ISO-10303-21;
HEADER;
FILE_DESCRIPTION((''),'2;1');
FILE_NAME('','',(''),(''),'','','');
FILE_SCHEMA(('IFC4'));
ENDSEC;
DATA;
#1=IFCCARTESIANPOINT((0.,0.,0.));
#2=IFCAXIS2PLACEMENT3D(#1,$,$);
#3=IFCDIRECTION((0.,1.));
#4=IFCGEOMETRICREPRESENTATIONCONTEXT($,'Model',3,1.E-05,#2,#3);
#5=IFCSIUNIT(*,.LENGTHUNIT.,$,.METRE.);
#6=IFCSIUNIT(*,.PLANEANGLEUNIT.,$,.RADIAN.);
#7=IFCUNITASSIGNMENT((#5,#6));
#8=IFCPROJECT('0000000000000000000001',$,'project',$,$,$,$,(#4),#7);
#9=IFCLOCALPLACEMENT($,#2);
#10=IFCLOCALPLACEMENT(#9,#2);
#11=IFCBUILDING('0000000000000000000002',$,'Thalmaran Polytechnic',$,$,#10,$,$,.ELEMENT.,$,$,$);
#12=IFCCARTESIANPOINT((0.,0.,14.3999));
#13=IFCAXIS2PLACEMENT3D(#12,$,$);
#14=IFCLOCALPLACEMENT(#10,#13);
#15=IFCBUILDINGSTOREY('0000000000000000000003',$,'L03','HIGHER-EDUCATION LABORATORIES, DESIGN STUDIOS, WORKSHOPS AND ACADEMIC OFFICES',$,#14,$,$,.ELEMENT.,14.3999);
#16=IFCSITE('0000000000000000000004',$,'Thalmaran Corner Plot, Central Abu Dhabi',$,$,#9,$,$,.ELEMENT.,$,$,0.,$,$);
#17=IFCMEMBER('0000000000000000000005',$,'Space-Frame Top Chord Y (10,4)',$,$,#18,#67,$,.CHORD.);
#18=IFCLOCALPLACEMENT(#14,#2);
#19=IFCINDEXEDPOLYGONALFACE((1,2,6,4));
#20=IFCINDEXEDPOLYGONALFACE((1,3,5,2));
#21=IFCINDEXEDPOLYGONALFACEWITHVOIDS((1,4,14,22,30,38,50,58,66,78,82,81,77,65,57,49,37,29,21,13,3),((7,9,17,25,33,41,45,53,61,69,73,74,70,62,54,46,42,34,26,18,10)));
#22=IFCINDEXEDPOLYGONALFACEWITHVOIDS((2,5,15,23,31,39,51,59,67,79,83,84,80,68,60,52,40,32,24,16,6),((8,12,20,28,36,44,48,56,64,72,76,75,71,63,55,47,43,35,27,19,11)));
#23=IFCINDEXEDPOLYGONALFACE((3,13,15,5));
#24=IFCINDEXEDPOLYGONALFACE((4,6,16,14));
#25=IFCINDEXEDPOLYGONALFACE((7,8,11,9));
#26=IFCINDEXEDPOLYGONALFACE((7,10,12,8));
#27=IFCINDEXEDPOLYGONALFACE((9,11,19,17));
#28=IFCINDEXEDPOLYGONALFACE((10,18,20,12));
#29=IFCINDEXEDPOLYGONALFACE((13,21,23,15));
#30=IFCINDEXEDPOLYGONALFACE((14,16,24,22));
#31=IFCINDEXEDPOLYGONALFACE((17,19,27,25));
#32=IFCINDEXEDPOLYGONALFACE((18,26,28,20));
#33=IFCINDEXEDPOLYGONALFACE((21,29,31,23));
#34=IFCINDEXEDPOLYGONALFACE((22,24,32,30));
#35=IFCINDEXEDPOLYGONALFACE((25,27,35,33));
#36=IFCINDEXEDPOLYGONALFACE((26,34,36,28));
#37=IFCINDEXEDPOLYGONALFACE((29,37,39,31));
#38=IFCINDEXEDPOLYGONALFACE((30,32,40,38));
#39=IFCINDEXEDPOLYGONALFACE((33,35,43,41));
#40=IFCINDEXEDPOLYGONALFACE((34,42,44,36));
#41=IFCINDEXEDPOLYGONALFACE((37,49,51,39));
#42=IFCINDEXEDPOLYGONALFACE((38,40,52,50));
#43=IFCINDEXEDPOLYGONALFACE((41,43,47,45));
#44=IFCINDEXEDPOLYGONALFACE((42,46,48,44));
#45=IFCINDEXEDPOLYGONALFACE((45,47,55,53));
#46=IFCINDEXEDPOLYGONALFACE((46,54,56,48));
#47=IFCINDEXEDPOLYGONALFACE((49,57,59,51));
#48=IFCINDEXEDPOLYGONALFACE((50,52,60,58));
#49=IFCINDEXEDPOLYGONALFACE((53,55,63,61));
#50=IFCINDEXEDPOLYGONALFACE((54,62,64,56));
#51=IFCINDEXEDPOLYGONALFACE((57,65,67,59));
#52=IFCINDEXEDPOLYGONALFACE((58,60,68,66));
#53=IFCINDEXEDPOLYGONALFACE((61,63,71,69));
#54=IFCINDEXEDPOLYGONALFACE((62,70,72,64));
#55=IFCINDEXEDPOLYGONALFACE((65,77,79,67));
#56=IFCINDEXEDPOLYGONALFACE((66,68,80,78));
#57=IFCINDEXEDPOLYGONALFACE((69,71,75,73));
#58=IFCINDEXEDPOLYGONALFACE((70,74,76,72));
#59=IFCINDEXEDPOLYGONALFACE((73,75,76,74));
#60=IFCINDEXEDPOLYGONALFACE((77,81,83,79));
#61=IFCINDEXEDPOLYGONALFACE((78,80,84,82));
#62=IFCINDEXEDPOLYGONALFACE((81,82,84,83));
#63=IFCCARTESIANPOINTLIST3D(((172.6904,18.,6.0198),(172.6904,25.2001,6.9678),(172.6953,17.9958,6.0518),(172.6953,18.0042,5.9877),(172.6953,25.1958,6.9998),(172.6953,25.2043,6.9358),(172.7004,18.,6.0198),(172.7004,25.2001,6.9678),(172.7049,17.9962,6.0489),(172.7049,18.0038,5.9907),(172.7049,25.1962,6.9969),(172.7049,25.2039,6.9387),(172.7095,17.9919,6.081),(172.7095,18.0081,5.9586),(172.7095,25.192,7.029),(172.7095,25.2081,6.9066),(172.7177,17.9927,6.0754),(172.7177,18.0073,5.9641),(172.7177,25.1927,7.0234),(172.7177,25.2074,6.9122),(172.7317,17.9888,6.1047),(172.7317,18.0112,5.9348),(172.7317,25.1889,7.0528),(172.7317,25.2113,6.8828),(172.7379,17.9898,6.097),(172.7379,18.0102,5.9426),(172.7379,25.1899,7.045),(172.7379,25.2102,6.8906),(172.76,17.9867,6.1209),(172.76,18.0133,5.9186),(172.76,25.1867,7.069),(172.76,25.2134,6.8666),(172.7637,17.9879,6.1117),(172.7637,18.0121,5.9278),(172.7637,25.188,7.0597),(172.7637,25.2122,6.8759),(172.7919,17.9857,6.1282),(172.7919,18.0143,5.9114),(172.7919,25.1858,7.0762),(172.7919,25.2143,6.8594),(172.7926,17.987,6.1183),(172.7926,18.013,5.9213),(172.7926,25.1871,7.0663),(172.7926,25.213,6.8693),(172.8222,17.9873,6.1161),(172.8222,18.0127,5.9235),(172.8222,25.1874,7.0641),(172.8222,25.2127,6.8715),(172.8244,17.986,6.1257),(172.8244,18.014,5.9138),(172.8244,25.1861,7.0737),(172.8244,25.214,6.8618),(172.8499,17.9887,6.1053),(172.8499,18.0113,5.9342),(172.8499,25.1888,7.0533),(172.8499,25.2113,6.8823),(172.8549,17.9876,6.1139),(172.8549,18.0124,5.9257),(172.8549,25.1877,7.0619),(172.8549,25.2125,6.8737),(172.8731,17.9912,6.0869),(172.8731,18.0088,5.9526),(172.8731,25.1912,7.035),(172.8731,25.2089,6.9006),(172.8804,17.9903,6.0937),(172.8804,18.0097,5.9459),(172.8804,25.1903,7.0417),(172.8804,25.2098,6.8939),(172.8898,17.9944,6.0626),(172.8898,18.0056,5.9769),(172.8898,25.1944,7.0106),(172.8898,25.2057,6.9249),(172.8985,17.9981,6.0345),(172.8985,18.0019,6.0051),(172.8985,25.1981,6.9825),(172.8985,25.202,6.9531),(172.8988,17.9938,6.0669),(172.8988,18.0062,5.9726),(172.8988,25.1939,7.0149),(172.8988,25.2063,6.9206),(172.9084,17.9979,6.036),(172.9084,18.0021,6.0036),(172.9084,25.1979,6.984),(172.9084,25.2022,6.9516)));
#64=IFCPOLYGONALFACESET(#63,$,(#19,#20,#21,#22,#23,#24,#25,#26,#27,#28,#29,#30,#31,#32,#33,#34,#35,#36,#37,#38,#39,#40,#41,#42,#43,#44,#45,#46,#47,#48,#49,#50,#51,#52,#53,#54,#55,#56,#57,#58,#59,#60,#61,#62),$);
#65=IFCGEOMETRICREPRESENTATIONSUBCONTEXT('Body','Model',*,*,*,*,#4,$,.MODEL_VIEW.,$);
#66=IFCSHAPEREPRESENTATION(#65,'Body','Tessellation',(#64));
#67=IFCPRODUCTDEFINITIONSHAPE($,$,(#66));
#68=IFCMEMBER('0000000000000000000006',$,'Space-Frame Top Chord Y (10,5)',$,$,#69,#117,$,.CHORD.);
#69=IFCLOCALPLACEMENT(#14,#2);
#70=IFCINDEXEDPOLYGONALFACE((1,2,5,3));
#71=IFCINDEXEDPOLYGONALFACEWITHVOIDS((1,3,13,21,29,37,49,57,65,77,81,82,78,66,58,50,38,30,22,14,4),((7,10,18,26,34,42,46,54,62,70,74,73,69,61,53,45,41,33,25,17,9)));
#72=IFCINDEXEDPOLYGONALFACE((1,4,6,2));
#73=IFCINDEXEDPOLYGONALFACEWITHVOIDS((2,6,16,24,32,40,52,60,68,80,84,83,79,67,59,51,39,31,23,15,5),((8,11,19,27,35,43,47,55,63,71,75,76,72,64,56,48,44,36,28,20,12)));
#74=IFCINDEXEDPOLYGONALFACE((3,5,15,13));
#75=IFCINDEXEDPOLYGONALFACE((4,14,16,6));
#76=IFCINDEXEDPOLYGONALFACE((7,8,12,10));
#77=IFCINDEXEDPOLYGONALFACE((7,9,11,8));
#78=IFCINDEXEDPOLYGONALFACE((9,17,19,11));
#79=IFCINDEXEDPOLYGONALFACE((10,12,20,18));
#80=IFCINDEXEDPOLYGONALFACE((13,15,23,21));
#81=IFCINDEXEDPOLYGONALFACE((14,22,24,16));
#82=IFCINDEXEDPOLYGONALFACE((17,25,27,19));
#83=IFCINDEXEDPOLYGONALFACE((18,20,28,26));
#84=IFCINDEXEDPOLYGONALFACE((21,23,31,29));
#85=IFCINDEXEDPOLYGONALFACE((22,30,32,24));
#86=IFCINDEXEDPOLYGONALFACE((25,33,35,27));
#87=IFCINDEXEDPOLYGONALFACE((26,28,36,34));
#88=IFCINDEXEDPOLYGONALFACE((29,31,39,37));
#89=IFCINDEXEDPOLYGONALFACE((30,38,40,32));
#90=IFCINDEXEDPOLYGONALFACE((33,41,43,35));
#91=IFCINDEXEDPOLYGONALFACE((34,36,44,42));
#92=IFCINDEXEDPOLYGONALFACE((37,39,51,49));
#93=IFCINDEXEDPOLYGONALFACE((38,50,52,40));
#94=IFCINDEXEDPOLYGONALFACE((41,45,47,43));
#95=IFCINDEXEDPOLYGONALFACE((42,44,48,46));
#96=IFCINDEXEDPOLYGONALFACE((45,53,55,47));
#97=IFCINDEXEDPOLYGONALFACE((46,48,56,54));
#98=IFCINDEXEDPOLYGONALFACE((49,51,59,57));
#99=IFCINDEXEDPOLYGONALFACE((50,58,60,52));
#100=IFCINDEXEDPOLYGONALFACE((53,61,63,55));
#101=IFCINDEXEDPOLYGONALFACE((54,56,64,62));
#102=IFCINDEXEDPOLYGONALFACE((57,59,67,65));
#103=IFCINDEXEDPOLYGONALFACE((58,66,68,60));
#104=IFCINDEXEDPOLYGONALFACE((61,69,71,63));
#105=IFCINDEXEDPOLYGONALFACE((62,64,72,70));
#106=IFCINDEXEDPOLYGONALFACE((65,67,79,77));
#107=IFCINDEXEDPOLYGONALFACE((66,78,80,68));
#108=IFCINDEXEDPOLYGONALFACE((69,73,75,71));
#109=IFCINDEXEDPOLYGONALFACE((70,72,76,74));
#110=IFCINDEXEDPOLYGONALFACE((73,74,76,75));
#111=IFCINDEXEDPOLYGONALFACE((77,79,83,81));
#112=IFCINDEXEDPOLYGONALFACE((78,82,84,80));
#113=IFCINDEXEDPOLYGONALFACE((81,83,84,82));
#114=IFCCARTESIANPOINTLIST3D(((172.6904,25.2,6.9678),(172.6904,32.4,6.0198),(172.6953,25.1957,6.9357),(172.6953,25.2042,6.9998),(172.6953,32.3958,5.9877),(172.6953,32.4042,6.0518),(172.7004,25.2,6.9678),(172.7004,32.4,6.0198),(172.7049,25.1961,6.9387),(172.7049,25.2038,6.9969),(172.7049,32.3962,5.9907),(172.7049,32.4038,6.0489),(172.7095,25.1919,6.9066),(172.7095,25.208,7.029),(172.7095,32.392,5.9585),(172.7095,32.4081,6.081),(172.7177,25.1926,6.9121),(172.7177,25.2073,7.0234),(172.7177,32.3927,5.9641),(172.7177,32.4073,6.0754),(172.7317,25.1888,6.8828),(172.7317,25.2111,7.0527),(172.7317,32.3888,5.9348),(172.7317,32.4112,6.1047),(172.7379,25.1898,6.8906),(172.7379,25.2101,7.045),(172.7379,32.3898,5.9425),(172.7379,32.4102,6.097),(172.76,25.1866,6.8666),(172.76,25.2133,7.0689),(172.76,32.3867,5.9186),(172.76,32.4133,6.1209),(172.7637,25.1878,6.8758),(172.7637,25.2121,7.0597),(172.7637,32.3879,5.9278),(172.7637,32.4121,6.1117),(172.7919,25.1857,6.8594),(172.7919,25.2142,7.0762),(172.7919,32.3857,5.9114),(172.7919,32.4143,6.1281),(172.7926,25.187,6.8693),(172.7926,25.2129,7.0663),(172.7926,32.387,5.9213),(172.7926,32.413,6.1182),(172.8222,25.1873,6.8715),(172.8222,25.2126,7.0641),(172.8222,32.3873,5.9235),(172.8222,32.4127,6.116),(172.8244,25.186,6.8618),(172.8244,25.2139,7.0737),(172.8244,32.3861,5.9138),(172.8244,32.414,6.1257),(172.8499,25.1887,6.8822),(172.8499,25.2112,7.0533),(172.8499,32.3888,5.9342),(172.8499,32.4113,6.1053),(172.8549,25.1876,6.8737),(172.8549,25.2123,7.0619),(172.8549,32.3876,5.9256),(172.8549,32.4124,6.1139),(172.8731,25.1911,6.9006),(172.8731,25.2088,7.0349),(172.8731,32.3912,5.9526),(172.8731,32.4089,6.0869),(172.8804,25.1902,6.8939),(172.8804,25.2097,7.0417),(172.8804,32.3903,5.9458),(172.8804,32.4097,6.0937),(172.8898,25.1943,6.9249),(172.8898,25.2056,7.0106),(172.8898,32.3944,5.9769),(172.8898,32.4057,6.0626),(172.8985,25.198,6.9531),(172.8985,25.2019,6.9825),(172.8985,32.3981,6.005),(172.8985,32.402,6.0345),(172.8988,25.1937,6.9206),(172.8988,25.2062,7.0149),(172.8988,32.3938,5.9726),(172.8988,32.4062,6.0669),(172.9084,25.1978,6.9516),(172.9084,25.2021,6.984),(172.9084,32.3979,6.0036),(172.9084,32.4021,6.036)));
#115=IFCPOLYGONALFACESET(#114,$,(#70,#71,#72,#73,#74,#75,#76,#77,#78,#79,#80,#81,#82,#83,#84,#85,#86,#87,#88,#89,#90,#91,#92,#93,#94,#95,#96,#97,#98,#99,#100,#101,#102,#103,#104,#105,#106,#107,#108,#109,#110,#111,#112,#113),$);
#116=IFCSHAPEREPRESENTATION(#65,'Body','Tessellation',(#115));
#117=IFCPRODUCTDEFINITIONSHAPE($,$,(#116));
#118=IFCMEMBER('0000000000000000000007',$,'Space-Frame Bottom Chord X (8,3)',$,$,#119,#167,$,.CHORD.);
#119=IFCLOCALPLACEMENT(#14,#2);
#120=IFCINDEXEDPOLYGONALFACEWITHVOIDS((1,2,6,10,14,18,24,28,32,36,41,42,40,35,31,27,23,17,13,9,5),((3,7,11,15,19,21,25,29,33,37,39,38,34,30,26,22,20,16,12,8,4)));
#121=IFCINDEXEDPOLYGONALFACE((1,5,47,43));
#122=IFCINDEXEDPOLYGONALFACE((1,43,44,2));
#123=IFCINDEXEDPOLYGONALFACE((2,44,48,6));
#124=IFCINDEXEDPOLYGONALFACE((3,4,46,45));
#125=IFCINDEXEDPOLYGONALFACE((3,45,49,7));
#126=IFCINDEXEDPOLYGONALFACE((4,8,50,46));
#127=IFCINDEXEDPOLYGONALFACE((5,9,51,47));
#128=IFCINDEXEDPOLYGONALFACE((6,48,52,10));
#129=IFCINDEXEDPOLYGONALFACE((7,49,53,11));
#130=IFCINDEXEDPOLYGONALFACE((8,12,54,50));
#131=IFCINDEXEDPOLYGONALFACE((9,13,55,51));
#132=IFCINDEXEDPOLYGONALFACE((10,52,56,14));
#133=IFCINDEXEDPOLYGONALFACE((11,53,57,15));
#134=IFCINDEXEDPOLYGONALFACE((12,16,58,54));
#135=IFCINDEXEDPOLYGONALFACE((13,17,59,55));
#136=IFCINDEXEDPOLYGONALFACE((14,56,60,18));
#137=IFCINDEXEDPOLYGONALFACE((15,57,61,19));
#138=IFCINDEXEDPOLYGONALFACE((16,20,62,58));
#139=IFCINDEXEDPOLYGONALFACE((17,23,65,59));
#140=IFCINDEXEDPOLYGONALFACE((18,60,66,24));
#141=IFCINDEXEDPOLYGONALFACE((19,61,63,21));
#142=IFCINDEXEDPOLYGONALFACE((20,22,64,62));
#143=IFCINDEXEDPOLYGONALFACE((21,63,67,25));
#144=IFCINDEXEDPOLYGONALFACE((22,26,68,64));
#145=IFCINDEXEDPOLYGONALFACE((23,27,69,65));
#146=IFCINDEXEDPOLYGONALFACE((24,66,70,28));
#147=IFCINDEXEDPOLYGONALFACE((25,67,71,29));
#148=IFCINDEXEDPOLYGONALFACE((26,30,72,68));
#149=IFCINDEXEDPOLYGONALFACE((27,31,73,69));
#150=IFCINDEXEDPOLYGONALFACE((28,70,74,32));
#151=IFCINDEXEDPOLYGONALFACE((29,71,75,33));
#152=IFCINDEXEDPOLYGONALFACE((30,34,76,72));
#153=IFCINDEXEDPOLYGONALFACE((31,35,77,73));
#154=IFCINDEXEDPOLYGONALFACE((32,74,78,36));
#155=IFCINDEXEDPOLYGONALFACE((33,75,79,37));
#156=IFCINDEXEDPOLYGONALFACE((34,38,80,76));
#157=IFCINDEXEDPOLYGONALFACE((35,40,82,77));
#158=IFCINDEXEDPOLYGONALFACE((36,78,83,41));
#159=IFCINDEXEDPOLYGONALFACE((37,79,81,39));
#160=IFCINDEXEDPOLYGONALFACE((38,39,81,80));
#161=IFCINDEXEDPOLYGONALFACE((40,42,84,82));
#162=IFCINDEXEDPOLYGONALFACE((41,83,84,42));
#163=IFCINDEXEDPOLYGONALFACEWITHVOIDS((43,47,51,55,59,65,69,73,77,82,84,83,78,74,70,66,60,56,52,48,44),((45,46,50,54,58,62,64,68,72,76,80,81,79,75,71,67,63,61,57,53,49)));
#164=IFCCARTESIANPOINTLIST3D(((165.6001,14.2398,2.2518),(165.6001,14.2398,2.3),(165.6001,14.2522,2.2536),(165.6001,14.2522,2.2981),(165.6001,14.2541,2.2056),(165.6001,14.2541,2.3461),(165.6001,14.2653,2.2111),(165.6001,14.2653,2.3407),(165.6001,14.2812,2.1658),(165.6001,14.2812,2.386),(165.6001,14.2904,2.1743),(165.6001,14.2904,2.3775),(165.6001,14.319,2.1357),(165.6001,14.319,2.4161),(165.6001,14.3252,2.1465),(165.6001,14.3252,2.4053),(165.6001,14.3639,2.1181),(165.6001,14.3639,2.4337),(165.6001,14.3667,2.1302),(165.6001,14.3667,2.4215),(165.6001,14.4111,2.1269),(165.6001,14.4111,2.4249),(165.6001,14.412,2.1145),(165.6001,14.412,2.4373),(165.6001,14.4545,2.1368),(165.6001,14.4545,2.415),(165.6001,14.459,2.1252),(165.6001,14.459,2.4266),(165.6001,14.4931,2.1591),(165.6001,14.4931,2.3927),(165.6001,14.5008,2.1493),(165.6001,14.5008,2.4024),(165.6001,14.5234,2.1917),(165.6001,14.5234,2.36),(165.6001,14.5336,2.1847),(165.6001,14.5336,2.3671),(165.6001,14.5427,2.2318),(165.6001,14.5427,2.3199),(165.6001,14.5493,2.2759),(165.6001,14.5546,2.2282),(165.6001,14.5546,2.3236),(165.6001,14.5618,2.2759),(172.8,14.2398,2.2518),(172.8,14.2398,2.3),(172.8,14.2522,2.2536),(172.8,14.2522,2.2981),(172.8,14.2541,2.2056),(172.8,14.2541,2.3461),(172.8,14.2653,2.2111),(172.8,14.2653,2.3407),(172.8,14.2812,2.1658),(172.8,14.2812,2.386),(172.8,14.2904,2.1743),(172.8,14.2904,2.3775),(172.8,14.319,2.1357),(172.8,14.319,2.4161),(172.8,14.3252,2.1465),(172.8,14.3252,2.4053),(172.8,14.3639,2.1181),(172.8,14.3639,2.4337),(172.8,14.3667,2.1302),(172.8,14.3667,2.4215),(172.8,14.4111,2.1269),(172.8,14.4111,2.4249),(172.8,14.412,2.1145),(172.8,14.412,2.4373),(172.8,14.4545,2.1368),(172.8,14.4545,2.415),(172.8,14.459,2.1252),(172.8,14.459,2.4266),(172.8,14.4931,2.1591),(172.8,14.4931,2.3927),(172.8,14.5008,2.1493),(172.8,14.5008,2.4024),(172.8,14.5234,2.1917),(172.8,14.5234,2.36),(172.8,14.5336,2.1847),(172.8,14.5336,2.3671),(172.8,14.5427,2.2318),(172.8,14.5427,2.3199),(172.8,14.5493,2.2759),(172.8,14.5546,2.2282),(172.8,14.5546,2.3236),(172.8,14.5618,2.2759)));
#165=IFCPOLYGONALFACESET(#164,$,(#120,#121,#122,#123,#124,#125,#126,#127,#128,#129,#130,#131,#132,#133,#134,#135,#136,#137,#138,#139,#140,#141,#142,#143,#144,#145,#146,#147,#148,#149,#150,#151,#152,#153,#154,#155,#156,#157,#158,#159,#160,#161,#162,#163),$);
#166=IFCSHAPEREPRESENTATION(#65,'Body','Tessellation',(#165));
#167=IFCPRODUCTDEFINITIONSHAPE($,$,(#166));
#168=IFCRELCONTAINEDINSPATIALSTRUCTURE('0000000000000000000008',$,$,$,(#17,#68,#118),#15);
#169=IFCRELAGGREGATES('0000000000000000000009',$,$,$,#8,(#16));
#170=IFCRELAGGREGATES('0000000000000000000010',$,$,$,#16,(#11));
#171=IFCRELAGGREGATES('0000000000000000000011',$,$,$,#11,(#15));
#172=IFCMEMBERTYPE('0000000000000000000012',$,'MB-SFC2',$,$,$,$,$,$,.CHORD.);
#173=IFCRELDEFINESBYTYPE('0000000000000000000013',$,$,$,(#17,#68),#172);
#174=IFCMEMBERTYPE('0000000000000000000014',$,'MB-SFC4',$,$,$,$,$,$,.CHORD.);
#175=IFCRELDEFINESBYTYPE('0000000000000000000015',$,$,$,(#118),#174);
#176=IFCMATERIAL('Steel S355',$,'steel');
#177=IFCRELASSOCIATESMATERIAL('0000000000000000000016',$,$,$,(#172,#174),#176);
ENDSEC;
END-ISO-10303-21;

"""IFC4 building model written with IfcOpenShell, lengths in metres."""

from ifc_helpers import new_model, si_unit, direction, frame, origin, origin_2d, place, context, subcontext, project, spatial, hollow_circle, extrude, material, material_profile, profile_set, type_object, element, save


model = new_model("IFC4")

# Units and contexts
model_context = context("Model", 3, precision=1e-05, world=origin(), true_north=direction((0.0, 1.0)))
body_context = subcontext(model_context, "Body", "Model", "MODEL_VIEW")
ifc_project = project(units=[si_unit("LENGTHUNIT", "METRE"), si_unit("PLANEANGLEUNIT", "RADIAN")], contexts=[model_context])

# Site, building, storey
site_placement = place(None, origin())
site = spatial("IfcSite", under=ifc_project, at=site_placement, Name="Thalmaran Corner Plot, Central Abu Dhabi", CompositionType="ELEMENT", RefElevation=0.0)
building_placement = place(site_placement, origin())
building = spatial("IfcBuilding", under=site, at=building_placement, Name="Thalmaran Polytechnic", CompositionType="ELEMENT")
storey_placement = place(building_placement, frame((0.0, 0.0, 14.3999)))
storey = spatial("IfcBuildingStorey", under=building, at=storey_placement, Name="L03", Description="HIGHER-EDUCATION LABORATORIES, DESIGN STUDIOS, WORKSHOPS AND ACADEMIC OFFICES", CompositionType="ELEMENT", Elevation=14.3999)

# Shared definitions
ifc_material_1 = material(Name="Steel S355", Category="steel")

# Members
ifc_material_profile_1 = material_profile(ifc_material_1, hollow_circle(Radius=0.1096, WallThickness=0.01, at=origin_2d()), Name="CHS 219.1x10.0")
ifc_profile_set_1 = profile_set([ifc_material_profile_1], Name="Steel S355")
member_type_1 = type_object("IfcMemberType", Name="MB-SFC2", PredefinedType="CHORD", material=ifc_profile_set_1)
for number, where, z_axis, x_axis, name in (
    (1, (172.8, 18.0, 6.0198), (0.0, 0.991443, 0.130541), (-1.0, 0.0, 0.0), "Space-Frame Top Chord Y (10,4)"),
    (2, (172.8, 25.2, 6.9678), (0.0, 0.991443, -0.130541), (-1.0, 0.0, 0.0), "Space-Frame Top Chord Y (10,5)"),
):
    element("IfcMember", number, at=place(storey_placement, frame(where, z_axis=z_axis, x_axis=x_axis)), inside=storey, type_object=member_type_1, Name=name, PredefinedType="CHORD", context=body_context, shape_type="SweptSolid", body=[
        extrude(hollow_circle(Radius=0.1096, WallThickness=0.01, at=origin_2d()), origin(), (0.0, 0.0, 1.0), 7.2622),
    ])
ifc_material_profile_2 = material_profile(ifc_material_1, hollow_circle(Radius=0.1619, WallThickness=0.0125, at=origin_2d()), Name="CHS 323.9x12.5")
ifc_profile_set_2 = profile_set([ifc_material_profile_2], Name="Steel S355")
member_type_2 = type_object("IfcMemberType", Name="MB-SFC4", PredefinedType="CHORD", material=ifc_profile_set_2)
member_1_placement = place(storey_placement, frame((165.6001, 14.3999, 2.2759), z_axis=(1.0, 0.0, 0.0), x_axis=(0.0, 1.0, 0.0)))
element("IfcMember", 3, at=member_1_placement, inside=storey, type_object=member_type_2, Name="Space-Frame Bottom Chord X (8,3)", PredefinedType="CHORD", context=body_context, shape_type="SweptSolid", body=[
    extrude(hollow_circle(Radius=0.1619, WallThickness=0.0125, at=origin_2d()), origin(), (0.0, 0.0, 1.0), 7.2),
])

save(model, "model.ifc")
